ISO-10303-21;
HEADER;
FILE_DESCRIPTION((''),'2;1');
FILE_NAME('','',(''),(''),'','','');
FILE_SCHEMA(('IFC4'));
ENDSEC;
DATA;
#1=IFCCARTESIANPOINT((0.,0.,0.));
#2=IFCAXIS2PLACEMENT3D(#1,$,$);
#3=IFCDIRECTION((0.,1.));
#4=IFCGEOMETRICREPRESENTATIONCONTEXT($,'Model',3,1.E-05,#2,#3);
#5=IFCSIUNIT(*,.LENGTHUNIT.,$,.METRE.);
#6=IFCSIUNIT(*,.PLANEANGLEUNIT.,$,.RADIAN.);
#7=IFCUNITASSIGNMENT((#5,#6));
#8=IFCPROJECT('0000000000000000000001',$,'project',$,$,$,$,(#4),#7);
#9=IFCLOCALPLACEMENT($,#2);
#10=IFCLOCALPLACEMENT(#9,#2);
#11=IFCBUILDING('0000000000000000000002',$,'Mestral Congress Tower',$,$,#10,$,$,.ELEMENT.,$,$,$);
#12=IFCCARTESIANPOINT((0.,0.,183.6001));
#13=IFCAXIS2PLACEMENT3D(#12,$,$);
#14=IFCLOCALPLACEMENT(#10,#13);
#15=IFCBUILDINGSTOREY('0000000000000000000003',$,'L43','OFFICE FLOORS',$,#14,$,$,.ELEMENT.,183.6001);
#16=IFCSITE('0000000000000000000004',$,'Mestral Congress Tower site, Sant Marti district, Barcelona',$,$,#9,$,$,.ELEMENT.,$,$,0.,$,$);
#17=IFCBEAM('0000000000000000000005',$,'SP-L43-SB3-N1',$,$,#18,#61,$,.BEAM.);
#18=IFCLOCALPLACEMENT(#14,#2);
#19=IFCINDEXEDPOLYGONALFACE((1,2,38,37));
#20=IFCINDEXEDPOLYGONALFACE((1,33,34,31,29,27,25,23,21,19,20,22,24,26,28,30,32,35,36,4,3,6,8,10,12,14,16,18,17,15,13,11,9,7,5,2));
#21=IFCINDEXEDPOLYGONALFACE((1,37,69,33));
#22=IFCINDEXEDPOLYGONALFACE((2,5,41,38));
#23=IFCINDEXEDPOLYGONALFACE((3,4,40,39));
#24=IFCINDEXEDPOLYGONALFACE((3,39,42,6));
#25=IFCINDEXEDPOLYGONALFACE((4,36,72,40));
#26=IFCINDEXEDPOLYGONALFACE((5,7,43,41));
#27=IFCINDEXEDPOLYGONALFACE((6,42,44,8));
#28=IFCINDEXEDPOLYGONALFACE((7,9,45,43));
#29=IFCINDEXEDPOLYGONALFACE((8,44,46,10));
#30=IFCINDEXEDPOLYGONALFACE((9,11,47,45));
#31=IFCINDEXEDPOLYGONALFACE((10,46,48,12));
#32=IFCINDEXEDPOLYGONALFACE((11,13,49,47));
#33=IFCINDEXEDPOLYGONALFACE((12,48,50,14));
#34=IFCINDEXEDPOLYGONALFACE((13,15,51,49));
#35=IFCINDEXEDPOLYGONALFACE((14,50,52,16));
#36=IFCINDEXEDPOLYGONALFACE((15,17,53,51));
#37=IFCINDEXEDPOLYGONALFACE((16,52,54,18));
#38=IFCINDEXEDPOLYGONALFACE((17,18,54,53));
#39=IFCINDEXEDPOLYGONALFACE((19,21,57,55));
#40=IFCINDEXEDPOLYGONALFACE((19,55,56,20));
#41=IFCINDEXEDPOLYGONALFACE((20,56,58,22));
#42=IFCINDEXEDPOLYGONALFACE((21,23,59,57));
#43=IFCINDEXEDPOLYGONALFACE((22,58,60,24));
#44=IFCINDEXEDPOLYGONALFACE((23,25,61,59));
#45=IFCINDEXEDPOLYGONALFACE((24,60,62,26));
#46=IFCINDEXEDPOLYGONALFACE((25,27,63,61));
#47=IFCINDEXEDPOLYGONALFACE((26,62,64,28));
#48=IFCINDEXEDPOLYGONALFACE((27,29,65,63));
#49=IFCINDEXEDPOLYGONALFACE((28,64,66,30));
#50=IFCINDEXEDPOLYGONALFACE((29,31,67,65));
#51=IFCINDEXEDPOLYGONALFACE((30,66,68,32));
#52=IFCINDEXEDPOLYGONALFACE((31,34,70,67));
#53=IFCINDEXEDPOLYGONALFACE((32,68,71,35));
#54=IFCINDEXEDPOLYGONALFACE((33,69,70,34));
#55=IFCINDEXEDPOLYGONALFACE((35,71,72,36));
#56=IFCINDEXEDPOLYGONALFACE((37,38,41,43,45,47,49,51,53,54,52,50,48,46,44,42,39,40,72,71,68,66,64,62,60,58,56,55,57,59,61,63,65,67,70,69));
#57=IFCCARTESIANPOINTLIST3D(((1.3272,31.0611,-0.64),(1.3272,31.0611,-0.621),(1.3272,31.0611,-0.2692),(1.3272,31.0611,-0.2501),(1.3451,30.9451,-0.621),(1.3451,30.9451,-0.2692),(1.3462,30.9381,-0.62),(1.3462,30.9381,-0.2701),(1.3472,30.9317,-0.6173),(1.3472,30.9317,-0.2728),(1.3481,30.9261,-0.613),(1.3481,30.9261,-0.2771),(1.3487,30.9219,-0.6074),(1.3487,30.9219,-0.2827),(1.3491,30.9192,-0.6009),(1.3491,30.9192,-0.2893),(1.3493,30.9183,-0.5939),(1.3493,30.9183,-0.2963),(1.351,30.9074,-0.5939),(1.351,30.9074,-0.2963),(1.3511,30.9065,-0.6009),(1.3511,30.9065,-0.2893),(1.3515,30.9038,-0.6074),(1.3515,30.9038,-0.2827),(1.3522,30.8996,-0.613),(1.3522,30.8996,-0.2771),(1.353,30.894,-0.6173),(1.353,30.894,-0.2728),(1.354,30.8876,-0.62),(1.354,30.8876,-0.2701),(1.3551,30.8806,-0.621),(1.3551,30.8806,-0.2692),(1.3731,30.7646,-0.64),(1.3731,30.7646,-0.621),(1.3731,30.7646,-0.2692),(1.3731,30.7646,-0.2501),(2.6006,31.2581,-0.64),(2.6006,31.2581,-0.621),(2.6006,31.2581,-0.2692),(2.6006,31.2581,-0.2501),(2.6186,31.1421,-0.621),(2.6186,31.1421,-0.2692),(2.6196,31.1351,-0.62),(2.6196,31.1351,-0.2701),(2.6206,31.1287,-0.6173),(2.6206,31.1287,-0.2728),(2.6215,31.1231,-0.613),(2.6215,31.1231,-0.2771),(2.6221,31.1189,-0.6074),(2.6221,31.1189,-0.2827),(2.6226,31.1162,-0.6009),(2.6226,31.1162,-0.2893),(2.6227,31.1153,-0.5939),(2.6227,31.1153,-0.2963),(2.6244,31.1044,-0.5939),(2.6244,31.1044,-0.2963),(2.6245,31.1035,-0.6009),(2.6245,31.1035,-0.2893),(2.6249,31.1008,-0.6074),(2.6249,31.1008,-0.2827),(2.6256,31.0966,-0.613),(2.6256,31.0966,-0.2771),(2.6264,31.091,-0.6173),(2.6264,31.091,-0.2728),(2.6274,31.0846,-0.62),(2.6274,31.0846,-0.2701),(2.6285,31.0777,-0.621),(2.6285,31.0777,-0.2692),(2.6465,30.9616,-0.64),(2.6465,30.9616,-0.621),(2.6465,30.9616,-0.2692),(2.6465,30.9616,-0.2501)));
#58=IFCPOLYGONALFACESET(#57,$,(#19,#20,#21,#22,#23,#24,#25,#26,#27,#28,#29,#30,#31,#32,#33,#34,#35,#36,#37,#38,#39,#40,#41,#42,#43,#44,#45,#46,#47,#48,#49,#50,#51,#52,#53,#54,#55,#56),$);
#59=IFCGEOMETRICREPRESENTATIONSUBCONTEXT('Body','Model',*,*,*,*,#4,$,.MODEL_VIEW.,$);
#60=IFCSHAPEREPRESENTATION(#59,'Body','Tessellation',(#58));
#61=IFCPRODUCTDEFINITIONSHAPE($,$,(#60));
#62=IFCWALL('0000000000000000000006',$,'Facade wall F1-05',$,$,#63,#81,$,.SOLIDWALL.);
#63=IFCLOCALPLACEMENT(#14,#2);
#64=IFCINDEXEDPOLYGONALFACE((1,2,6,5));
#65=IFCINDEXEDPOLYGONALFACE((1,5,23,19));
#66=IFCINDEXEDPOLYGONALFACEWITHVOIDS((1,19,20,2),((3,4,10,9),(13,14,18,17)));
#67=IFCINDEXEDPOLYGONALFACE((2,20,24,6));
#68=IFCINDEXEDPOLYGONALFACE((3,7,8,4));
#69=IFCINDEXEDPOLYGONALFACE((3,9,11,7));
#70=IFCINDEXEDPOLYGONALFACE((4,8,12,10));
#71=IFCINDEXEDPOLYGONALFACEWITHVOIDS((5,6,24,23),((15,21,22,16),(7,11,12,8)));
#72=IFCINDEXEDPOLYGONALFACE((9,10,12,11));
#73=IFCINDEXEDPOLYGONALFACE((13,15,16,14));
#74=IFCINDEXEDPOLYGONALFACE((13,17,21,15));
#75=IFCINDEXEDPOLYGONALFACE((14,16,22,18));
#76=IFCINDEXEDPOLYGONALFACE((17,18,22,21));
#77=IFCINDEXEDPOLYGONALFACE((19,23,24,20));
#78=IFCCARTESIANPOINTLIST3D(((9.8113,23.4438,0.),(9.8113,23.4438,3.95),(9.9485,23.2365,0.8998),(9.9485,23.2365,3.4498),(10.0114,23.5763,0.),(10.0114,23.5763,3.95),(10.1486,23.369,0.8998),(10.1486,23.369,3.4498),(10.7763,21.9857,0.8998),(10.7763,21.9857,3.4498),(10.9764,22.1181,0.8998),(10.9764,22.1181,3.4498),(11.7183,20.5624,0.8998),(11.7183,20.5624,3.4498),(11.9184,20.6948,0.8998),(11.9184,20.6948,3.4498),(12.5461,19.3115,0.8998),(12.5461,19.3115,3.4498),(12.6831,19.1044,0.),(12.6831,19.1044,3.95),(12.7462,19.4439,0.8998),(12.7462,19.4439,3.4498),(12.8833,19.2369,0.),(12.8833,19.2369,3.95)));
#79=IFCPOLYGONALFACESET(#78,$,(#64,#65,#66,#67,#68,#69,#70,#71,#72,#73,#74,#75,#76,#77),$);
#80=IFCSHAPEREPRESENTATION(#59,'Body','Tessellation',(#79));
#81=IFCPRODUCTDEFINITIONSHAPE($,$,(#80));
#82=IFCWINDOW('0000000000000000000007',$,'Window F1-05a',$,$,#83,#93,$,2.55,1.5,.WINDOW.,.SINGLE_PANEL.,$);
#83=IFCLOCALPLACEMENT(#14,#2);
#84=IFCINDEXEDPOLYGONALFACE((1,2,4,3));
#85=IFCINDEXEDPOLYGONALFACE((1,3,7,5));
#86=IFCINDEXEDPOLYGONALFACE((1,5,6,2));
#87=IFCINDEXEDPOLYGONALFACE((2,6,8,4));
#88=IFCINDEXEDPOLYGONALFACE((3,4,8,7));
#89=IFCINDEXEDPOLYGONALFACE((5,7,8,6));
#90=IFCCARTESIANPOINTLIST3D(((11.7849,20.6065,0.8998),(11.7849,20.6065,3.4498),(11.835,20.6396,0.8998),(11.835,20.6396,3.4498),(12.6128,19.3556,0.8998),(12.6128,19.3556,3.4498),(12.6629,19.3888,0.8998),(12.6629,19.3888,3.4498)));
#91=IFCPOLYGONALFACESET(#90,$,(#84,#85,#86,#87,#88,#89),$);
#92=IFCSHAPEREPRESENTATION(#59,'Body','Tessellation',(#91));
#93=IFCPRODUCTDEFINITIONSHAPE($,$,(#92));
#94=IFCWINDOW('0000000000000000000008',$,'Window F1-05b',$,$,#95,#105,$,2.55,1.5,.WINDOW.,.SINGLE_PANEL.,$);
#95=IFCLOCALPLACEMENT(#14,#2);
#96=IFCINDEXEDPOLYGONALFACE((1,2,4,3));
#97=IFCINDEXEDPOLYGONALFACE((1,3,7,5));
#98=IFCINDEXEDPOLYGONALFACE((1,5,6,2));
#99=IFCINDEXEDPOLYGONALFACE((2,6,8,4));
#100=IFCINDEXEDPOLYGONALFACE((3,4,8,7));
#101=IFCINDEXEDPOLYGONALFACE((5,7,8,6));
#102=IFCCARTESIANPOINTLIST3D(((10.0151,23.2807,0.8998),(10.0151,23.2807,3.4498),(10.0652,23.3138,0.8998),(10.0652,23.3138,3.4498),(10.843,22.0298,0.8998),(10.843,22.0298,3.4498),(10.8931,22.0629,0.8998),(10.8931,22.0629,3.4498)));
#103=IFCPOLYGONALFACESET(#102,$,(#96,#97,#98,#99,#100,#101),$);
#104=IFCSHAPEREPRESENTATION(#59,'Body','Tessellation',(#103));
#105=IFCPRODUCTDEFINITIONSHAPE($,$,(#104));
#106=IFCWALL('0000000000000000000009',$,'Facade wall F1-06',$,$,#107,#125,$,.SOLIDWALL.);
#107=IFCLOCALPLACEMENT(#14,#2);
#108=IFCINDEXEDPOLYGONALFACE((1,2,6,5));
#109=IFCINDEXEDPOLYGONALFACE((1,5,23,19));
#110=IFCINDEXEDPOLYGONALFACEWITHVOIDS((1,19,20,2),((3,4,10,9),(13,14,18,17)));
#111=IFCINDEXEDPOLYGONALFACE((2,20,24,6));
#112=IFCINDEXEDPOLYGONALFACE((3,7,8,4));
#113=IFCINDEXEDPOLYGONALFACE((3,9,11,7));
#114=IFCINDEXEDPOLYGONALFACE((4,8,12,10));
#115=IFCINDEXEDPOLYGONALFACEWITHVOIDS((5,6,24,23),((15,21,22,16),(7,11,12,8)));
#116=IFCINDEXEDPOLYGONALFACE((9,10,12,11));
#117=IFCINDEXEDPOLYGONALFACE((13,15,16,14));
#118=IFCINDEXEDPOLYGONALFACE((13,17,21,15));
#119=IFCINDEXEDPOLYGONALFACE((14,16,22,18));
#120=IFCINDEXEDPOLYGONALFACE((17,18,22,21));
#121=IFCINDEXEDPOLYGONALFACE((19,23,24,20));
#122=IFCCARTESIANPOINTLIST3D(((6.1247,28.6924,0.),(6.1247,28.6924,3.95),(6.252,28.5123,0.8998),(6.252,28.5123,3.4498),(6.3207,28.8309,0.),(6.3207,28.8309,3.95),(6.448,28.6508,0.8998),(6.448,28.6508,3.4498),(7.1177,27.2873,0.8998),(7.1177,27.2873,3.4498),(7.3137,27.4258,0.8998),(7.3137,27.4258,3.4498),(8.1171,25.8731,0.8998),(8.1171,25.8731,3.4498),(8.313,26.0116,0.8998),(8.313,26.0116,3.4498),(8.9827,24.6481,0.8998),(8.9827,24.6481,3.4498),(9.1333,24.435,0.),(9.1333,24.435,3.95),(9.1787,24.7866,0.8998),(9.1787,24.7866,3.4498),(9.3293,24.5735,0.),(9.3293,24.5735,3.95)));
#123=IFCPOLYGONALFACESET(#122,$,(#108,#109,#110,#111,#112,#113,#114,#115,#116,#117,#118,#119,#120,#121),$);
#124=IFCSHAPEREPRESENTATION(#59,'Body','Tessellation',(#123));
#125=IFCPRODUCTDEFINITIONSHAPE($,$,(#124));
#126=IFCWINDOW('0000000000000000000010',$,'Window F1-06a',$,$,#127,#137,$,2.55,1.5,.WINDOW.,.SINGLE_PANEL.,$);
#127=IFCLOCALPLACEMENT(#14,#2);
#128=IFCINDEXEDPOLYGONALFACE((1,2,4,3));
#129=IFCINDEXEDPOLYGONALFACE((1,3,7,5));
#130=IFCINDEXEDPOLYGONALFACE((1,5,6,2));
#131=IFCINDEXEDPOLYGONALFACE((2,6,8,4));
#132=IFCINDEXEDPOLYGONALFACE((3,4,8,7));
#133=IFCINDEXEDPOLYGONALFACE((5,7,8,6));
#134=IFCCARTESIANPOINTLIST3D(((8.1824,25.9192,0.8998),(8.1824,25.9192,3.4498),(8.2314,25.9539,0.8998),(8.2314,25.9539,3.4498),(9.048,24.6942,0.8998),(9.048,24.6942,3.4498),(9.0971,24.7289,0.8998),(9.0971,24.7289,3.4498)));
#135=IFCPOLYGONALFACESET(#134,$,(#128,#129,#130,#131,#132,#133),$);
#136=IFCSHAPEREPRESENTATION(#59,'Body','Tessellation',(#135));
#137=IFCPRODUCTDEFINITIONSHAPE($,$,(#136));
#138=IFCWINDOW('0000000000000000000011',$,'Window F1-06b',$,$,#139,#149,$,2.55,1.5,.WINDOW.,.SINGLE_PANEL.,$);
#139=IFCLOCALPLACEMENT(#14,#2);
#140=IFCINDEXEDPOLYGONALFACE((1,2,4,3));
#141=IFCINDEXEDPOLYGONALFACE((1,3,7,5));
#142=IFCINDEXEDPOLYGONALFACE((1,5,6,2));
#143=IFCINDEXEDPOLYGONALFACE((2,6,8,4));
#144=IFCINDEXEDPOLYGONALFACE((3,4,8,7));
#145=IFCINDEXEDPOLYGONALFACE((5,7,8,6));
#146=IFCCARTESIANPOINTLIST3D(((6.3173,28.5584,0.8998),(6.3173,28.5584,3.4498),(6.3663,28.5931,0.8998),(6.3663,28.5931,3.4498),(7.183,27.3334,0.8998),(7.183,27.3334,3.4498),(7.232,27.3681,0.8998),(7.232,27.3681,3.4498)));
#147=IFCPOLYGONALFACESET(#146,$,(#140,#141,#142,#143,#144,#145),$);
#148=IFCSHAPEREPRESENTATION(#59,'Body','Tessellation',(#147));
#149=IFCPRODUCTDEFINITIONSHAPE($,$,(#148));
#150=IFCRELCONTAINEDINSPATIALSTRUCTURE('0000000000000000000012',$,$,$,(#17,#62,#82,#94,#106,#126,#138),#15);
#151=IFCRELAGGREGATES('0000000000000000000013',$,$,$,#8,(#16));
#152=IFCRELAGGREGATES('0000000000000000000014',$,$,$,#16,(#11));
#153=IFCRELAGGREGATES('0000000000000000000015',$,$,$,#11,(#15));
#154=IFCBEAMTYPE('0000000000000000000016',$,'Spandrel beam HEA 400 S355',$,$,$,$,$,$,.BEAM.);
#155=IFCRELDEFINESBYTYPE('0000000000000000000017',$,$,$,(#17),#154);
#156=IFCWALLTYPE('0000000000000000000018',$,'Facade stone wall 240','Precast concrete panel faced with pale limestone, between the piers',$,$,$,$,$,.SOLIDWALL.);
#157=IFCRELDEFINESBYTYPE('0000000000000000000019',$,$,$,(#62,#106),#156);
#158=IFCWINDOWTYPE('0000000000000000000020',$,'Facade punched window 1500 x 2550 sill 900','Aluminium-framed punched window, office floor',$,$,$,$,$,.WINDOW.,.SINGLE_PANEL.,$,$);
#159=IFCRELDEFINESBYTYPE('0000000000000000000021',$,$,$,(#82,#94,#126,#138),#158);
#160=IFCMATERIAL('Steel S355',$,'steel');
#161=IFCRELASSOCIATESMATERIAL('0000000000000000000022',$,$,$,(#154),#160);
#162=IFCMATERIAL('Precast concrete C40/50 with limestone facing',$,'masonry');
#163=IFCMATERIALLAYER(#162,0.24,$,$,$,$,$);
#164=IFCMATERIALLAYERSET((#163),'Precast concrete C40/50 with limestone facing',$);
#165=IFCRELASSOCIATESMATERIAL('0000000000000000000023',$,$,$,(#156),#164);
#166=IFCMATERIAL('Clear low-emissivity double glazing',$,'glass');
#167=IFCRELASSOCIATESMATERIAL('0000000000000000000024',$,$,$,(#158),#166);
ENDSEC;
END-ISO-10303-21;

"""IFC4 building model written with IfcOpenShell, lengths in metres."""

from ifc_helpers import new_model, si_unit, direction, frame, frame_2d, origin, origin_2d, place, context, subcontext, project, spatial, rectangle, i_section, extrude, material, layer, layer_set, material_profile, profile_set, type_object, element, fill, save


model = new_model("IFC4")

# Units and contexts
model_context = context("Model", 3, precision=1e-05, world=origin(), true_north=direction((0.0, 1.0)))
body_context = subcontext(model_context, "Body", "Model", "MODEL_VIEW")
ifc_project = project(units=[si_unit("LENGTHUNIT", "METRE"), si_unit("PLANEANGLEUNIT", "RADIAN")], contexts=[model_context])

# Site, building, storey
site_placement = place(None, origin())
site = spatial("IfcSite", under=ifc_project, at=site_placement, Name="Mestral Congress Tower site, Sant Marti district, Barcelona", CompositionType="ELEMENT", RefElevation=0.0)
building_placement = place(site_placement, origin())
building = spatial("IfcBuilding", under=site, at=building_placement, Name="Mestral Congress Tower", CompositionType="ELEMENT")
storey_placement = place(building_placement, frame((0.0, 0.0, 183.6001)))
storey = spatial("IfcBuildingStorey", under=building, at=storey_placement, Name="L43", Description="OFFICE FLOORS", CompositionType="ELEMENT", Elevation=183.6001)

# Beam
ifc_material_1 = material(Name="Steel S355", Category="steel")
ifc_material_profile_1 = material_profile(ifc_material_1, i_section(OverallWidth=0.3, OverallDepth=0.3899, WebThickness=0.011, FlangeThickness=0.019, FilletRadius=0.0271, at=origin_2d()), Name="HEA 400")
ifc_profile_set_1 = profile_set([ifc_material_profile_1], Name="Steel S355")
beam_type_1 = type_object("IfcBeamType", Name="Spandrel beam HEA 400 S355", PredefinedType="BEAM", material=ifc_profile_set_1)
beam_1_placement = place(storey_placement, frame((2.6235, 31.1099, -0.4451), z_axis=(-0.988242, -0.152897, 0.0), x_axis=(0.152897, -0.988242, 0.0)))
element("IfcBeam", 1, at=beam_1_placement, inside=storey, type_object=beam_type_1, Name="SP-L43-SB3-N1", PredefinedType="BEAM", context=body_context, shape_type="SweptSolid", body=[
    extrude(i_section(OverallWidth=0.3, OverallDepth=0.3899, WebThickness=0.011, FlangeThickness=0.019, FilletRadius=0.0271, at=origin_2d()), origin(), (0.0, 0.0, 1.0), 1.2886),
])

# Walls, openings, windows
ifc_material_2 = material(Name="Precast concrete C40/50 with limestone facing", Category="masonry")
ifc_layer_1 = layer(ifc_material_2, 0.24)
ifc_layer_set_1 = layer_set([ifc_layer_1], Name="Precast concrete C40/50 with limestone facing")
wall_type_1 = type_object("IfcWallType", Name="Facade stone wall 240", Description="Precast concrete panel faced with pale limestone, between the piers", PredefinedType="SOLIDWALL", material=ifc_layer_set_1)
wall_1_placement = place(storey_placement, frame((12.7832, 19.1707, 0.0), z_axis=(0.0, 0.0, 1.0), x_axis=(-0.551893, 0.833915, 0.0)))
wall_1 = element("IfcWall", 2, at=wall_1_placement, inside=storey, type_object=wall_type_1, Name="Facade wall F1-05", PredefinedType="SOLIDWALL", context=body_context, shape_type="SweptSolid", body=[
    extrude(rectangle(XDim=5.2036, YDim=0.24, at=frame_2d((2.6018, 0.0))), origin(), (0.0, 0.0, 1.0), 3.95),
])
opening_1_placement = place(wall_1_placement, frame((0.2483, 0.0, 0.8999)))
opening_1 = element("IfcOpeningElement", 3, at=opening_1_placement, cuts=wall_1, PredefinedType="OPENING", context=body_context, shape_type="SweptSolid", body=[
    extrude(rectangle(XDim=1.5, YDim=2.55, at=frame_2d((0.75, 1.2749))), frame((0.0, 0.1299, 0.0), z_axis=(0.0, -1.0, 0.0), x_axis=(1.0, 0.0, 0.0)), (0.0, 0.0, 1.0), 0.26),
])
opening_2_placement = place(wall_1_placement, frame((3.4551, 0.0, 0.8999)))
opening_2 = element("IfcOpeningElement", 4, at=opening_2_placement, cuts=wall_1, PredefinedType="OPENING", context=body_context, shape_type="SweptSolid", body=[
    extrude(rectangle(XDim=1.5, YDim=2.55, at=frame_2d((0.75, 1.2749))), frame((0.0, 0.1299, 0.0), z_axis=(0.0, -1.0, 0.0), x_axis=(1.0, 0.0, 0.0)), (0.0, 0.0, 1.0), 0.26),
])
ifc_material_3 = material(Name="Clear low-emissivity double glazing", Category="glass")
window_type_1 = type_object("IfcWindowType", Name="Facade punched window 1500 x 2550 sill 900", Description="Aluminium-framed punched window, office floor", PartitioningType="SINGLE_PANEL", PredefinedType="WINDOW", material=ifc_material_3)
window_1_placement = place(opening_1_placement, origin())
window_1 = element("IfcWindow", 5, at=window_1_placement, inside=storey, type_object=window_type_1, Name="Window F1-05a", OverallHeight=2.55, OverallWidth=1.5, PartitioningType="SINGLE_PANEL", PredefinedType="WINDOW", context=body_context, shape_type="SweptSolid", body=[
    extrude(rectangle(XDim=1.5, YDim=2.55, at=frame_2d((0.75, 1.2749))), frame((0.0, 0.04, 0.0), z_axis=(0.0, -1.0, 0.0), x_axis=(1.0, 0.0, 0.0)), (0.0, 0.0, 1.0), 0.0601),
])
fill(opening_1, window_1)
window_2_placement = place(opening_2_placement, origin())
window_2 = element("IfcWindow", 6, at=window_2_placement, inside=storey, type_object=window_type_1, Name="Window F1-05b", OverallHeight=2.55, OverallWidth=1.5, PartitioningType="SINGLE_PANEL", PredefinedType="WINDOW", context=body_context, shape_type="SweptSolid", body=[
    extrude(rectangle(XDim=1.5, YDim=2.55, at=frame_2d((0.75, 1.2749))), frame((0.0, 0.04, 0.0), z_axis=(0.0, -1.0, 0.0), x_axis=(1.0, 0.0, 0.0)), (0.0, 0.0, 1.0), 0.0601),
])
fill(opening_2, window_2)
wall_2_placement = place(storey_placement, frame((9.2312, 24.5044, 0.0), z_axis=(0.0, 0.0, 1.0), x_axis=(-0.577115, 0.816663, 0.0)))
wall_2 = element("IfcWall", 7, at=wall_2_placement, inside=storey, type_object=wall_type_1, Name="Facade wall F1-06", PredefinedType="SOLIDWALL", context=body_context, shape_type="SweptSolid", body=[
    extrude(rectangle(XDim=5.2131, YDim=0.24, at=frame_2d((2.6064, 0.0))), origin(), (0.0, 0.0, 1.0), 3.95),
])
opening_3_placement = place(wall_2_placement, frame((0.2607, 0.0, 0.8999)))
opening_3 = element("IfcOpeningElement", 8, at=opening_3_placement, cuts=wall_2, PredefinedType="OPENING", context=body_context, shape_type="SweptSolid", body=[
    extrude(rectangle(XDim=1.5, YDim=2.55, at=frame_2d((0.75, 1.2749))), frame((0.0, 0.1299, 0.0), z_axis=(0.0, -1.0, 0.0), x_axis=(1.0, 0.0, 0.0)), (0.0, 0.0, 1.0), 0.26),
])
opening_4_placement = place(wall_2_placement, frame((3.4924, 0.0, 0.8999)))
opening_4 = element("IfcOpeningElement", 9, at=opening_4_placement, cuts=wall_2, PredefinedType="OPENING", context=body_context, shape_type="SweptSolid", body=[
    extrude(rectangle(XDim=1.5, YDim=2.55, at=frame_2d((0.75, 1.2749))), frame((0.0, 0.1299, 0.0), z_axis=(0.0, -1.0, 0.0), x_axis=(1.0, 0.0, 0.0)), (0.0, 0.0, 1.0), 0.26),
])
window_3_placement = place(opening_3_placement, origin())
window_3 = element("IfcWindow", 10, at=window_3_placement, inside=storey, type_object=window_type_1, Name="Window F1-06a", OverallHeight=2.55, OverallWidth=1.5, PartitioningType="SINGLE_PANEL", PredefinedType="WINDOW", context=body_context, shape_type="SweptSolid", body=[
    extrude(rectangle(XDim=1.5, YDim=2.55, at=frame_2d((0.75, 1.2749))), frame((0.0, 0.04, 0.0), z_axis=(0.0, -1.0, 0.0), x_axis=(1.0, 0.0, 0.0)), (0.0, 0.0, 1.0), 0.0601),
])
fill(opening_3, window_3)
window_4_placement = place(opening_4_placement, origin())
window_4 = element("IfcWindow", 11, at=window_4_placement, inside=storey, type_object=window_type_1, Name="Window F1-06b", OverallHeight=2.55, OverallWidth=1.5, PartitioningType="SINGLE_PANEL", PredefinedType="WINDOW", context=body_context, shape_type="SweptSolid", body=[
    extrude(rectangle(XDim=1.5, YDim=2.55, at=frame_2d((0.75, 1.2749))), frame((0.0, 0.04, 0.0), z_axis=(0.0, -1.0, 0.0), x_axis=(1.0, 0.0, 0.0)), (0.0, 0.0, 1.0), 0.0601),
])
fill(opening_4, window_4)

save(model, "model.ifc")
